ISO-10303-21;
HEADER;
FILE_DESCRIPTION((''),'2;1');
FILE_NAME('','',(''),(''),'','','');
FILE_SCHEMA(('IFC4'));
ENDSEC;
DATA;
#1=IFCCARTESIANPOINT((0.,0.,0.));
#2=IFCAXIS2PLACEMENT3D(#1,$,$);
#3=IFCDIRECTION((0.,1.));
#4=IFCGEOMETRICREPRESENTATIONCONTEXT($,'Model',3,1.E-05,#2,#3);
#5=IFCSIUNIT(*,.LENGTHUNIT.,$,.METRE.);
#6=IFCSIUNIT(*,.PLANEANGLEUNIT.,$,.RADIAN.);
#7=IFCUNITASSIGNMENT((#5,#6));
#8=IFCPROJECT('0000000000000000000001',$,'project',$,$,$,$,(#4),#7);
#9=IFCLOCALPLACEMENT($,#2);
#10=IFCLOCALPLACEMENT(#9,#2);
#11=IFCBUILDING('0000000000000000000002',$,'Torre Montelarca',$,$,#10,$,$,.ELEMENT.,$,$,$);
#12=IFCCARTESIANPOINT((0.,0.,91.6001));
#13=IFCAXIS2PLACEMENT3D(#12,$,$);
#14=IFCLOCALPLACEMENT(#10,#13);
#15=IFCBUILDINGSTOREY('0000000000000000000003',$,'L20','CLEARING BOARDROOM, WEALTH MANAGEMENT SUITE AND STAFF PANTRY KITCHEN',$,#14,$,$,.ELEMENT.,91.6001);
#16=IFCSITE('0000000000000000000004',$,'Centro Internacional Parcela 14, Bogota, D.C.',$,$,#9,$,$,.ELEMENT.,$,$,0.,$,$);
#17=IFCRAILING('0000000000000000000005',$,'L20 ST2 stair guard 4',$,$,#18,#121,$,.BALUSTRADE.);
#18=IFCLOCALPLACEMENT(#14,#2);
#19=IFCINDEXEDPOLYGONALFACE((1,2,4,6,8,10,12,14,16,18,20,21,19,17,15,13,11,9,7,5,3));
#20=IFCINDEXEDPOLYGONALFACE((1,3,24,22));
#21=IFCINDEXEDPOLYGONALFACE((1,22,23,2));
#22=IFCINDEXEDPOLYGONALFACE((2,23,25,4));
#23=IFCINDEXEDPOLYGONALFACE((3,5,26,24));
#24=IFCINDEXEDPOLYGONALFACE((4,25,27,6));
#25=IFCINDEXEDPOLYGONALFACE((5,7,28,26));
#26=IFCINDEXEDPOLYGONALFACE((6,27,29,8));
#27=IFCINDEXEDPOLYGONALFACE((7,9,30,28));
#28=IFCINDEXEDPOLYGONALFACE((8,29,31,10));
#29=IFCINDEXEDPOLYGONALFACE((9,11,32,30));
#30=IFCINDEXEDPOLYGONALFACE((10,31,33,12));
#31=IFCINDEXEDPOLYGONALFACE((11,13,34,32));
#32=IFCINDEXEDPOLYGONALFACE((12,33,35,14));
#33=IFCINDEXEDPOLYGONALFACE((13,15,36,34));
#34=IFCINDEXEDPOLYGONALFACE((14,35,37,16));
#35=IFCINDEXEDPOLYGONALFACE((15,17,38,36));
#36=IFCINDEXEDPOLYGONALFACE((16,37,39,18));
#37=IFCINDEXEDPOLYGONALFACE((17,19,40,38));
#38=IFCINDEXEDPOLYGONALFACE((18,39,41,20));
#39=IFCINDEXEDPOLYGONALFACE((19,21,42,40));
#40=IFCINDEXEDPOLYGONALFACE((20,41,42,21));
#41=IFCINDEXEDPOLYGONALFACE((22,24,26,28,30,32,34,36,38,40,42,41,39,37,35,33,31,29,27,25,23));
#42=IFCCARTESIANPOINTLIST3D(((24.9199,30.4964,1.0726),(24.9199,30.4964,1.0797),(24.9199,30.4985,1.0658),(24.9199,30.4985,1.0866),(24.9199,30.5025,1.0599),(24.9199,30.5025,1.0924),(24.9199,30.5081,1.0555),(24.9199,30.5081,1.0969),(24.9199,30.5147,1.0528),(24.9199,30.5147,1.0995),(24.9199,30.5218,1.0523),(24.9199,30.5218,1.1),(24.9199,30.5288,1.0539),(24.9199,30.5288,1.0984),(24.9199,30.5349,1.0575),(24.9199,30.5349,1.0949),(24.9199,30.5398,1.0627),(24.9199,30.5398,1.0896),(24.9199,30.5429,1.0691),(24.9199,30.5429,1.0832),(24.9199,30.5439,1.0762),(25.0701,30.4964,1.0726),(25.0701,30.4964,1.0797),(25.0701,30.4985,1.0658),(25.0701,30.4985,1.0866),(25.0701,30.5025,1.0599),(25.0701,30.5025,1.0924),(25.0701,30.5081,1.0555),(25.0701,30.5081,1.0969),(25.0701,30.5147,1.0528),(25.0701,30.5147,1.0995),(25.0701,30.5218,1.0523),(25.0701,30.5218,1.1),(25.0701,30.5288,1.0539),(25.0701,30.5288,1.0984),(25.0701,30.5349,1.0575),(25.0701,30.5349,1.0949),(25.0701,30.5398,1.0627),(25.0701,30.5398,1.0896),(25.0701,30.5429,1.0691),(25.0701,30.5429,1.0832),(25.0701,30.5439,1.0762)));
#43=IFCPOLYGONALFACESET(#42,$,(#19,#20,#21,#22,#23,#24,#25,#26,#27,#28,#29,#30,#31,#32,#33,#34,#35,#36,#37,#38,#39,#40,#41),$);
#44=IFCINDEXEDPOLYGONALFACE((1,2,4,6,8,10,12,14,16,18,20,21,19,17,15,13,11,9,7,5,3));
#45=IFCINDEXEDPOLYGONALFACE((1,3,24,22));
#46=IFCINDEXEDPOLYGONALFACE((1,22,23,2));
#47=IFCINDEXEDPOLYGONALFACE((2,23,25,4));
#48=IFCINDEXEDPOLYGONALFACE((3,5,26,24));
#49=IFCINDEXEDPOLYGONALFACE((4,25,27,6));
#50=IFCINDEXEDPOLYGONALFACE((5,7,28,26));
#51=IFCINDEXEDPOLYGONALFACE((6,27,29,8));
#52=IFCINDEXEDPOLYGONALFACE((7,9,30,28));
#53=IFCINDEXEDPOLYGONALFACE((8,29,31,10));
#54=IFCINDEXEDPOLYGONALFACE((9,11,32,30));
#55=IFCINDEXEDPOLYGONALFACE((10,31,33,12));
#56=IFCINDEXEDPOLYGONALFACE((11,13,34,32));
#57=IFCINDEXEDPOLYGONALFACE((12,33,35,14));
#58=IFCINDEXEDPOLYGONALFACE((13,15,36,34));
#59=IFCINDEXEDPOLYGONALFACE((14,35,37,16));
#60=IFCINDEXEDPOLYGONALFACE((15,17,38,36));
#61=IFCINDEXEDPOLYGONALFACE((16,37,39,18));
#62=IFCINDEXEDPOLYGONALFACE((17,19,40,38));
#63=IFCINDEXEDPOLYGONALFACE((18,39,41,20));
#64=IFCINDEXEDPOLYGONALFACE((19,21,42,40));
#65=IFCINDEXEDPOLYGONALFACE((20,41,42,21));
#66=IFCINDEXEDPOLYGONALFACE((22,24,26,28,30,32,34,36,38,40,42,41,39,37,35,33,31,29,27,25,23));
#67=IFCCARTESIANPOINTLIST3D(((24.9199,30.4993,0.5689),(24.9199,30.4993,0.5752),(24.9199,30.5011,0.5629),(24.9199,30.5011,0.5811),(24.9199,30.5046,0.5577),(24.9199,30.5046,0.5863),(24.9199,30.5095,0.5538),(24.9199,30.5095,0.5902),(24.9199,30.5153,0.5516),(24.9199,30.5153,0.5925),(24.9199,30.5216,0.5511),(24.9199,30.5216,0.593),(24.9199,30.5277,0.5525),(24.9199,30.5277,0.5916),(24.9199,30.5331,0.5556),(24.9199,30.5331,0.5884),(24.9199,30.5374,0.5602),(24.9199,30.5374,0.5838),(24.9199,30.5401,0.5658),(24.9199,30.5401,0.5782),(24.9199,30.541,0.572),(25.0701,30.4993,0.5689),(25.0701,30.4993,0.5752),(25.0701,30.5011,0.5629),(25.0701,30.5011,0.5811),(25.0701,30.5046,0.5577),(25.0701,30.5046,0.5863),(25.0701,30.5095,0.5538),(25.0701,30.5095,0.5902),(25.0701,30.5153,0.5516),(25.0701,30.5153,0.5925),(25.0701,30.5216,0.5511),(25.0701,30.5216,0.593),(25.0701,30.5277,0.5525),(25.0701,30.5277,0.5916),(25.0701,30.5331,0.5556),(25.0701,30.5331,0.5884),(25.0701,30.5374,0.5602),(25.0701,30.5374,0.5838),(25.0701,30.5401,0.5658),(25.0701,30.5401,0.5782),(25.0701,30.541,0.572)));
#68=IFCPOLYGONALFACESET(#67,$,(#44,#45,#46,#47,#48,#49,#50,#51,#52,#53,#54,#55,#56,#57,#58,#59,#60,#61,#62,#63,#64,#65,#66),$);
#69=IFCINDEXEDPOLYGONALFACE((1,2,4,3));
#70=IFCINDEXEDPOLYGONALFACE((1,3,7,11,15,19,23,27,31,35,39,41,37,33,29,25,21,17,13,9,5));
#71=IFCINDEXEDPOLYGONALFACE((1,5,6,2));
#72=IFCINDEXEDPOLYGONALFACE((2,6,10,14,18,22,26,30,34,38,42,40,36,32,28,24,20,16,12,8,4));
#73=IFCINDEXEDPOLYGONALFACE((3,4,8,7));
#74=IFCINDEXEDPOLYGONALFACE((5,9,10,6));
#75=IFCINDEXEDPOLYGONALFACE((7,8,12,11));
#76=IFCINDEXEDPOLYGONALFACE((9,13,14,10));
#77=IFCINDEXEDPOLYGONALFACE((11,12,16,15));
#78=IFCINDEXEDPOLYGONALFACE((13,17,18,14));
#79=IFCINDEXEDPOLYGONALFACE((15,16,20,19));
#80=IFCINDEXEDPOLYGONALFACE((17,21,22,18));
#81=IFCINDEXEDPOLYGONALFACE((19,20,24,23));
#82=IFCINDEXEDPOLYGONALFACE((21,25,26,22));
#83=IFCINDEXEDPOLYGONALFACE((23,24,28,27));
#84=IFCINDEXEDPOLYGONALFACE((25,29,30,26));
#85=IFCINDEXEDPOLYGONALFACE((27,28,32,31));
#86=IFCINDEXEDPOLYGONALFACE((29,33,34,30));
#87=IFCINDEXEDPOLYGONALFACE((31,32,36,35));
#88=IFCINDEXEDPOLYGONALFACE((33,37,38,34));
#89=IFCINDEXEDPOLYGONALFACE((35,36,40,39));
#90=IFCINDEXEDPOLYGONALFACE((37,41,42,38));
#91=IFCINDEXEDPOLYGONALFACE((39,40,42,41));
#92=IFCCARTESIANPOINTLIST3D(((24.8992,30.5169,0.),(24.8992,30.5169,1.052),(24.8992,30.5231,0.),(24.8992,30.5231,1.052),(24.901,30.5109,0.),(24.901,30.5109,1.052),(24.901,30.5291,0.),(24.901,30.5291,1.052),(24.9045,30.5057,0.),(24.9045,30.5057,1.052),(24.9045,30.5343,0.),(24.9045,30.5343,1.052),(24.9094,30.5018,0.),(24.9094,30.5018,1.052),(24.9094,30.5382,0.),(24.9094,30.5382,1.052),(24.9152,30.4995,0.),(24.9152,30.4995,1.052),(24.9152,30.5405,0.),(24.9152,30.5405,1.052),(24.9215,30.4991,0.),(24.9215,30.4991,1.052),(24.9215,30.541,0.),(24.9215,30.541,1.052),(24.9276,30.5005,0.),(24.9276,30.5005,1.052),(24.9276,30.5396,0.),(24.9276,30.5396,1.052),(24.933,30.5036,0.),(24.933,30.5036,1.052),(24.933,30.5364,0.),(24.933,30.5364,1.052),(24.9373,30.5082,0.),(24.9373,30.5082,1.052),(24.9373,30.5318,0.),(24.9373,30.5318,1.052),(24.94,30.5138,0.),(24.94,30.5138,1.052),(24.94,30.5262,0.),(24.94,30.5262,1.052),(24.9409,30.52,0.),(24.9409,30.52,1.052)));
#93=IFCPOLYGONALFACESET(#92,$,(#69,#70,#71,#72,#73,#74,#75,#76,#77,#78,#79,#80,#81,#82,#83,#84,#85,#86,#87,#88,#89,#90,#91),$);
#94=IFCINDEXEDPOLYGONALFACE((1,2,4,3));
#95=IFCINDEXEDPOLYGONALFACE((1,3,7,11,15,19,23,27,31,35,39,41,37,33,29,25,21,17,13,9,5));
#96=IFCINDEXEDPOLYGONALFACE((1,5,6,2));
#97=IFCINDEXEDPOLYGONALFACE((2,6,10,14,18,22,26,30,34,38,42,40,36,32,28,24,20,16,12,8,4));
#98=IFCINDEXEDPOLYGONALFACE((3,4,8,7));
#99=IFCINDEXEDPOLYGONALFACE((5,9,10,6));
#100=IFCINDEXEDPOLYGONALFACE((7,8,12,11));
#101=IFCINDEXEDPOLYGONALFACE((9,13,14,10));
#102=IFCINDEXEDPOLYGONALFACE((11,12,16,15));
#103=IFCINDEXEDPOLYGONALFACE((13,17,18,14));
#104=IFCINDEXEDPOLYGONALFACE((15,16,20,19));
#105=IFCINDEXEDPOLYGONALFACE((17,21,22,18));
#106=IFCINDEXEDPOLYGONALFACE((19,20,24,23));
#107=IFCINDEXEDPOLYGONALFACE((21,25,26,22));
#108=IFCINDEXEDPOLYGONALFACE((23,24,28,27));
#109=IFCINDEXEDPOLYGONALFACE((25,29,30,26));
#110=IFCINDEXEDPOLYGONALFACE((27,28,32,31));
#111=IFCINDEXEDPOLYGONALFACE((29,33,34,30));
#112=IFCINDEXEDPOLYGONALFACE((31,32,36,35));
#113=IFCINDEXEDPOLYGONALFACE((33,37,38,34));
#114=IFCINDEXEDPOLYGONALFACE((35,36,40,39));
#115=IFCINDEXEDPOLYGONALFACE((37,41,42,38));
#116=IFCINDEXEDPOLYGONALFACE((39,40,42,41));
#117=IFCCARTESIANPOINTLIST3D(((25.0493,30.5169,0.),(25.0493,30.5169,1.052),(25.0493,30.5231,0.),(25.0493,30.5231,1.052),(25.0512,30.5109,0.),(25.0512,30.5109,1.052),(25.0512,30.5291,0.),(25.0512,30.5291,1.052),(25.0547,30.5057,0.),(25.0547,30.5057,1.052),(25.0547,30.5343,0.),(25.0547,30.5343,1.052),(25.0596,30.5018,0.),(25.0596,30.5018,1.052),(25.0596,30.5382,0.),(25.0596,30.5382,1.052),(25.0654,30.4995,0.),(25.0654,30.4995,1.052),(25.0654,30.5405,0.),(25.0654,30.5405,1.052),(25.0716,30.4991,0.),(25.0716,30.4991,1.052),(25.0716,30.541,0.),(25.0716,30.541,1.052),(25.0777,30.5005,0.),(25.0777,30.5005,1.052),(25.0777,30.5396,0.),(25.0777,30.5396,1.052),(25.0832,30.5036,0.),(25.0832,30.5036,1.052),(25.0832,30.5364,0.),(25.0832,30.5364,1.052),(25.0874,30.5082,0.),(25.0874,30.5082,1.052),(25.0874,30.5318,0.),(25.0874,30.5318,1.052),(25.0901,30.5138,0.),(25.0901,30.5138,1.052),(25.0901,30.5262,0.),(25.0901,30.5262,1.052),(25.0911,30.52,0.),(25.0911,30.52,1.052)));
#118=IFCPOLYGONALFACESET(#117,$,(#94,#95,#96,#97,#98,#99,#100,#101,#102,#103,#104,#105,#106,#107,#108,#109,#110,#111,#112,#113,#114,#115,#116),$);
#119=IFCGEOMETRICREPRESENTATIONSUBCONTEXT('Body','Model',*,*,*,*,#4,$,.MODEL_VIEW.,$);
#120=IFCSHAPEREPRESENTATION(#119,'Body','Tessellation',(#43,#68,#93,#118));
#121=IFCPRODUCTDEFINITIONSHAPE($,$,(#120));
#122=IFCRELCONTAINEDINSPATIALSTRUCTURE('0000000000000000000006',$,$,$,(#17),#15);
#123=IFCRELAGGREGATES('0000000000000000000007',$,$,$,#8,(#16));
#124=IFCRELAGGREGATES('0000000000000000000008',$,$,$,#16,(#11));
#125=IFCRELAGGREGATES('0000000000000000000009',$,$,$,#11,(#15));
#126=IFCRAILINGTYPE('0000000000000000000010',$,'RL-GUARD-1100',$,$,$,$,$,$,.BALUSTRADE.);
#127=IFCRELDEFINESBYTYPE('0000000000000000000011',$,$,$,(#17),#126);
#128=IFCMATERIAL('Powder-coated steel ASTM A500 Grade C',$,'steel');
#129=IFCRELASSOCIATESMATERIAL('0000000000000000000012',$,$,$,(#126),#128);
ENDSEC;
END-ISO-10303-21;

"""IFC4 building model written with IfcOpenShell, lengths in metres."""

from ifc_helpers import new_model, si_unit, direction, frame, origin, origin_2d, place, context, subcontext, project, spatial, circle, extrude, material, type_object, element, save


model = new_model("IFC4")

# Units and contexts
model_context = context("Model", 3, precision=1e-05, world=origin(), true_north=direction((0.0, 1.0)))
body_context = subcontext(model_context, "Body", "Model", "MODEL_VIEW")
ifc_project = project(units=[si_unit("LENGTHUNIT", "METRE"), si_unit("PLANEANGLEUNIT", "RADIAN")], contexts=[model_context])

# Site, building, storey
site_placement = place(None, origin())
site = spatial("IfcSite", under=ifc_project, at=site_placement, Name="Centro Internacional Parcela 14, Bogota, D.C.", CompositionType="ELEMENT", RefElevation=0.0)
building_placement = place(site_placement, origin())
building = spatial("IfcBuilding", under=site, at=building_placement, Name="Torre Montelarca", CompositionType="ELEMENT")
storey_placement = place(building_placement, frame((0.0, 0.0, 91.6001)))
storey = spatial("IfcBuildingStorey", under=building, at=storey_placement, Name="L20", Description="CLEARING BOARDROOM, WEALTH MANAGEMENT SUITE AND STAFF PANTRY KITCHEN", CompositionType="ELEMENT", Elevation=91.6001)

# Railing
ifc_material_1 = material(Name="Powder-coated steel ASTM A500 Grade C", Category="steel")
railing_type_1 = type_object("IfcRailingType", Name="RL-GUARD-1100", PredefinedType="BALUSTRADE", material=ifc_material_1)
railing_1_placement = place(storey_placement, frame((24.9199, 30.52, 0.0)))
element("IfcRailing", 1, at=railing_1_placement, inside=storey, type_object=railing_type_1, Name="L20 ST2 stair guard 4", PredefinedType="BALUSTRADE", context=body_context, shape_type="SweptSolid", body=[
    extrude(circle(Radius=0.0239, at=origin_2d()), frame((0.0, 0.0, 1.0762), z_axis=(1.0, 0.0, 0.0), x_axis=(0.0, 1.0, 0.0)), (0.0, 0.0, 1.0), 0.1501),
    extrude(circle(Radius=0.021, at=origin_2d()), frame((0.0, 0.0, 0.572), z_axis=(1.0, 0.0, 0.0), x_axis=(0.0, 1.0, 0.0)), (0.0, 0.0, 1.0), 0.1501),
    extrude(circle(Radius=0.021, at=origin_2d()), origin(), (0.0, 0.0, 1.0), 1.052),
    extrude(circle(Radius=0.021, at=origin_2d()), frame((0.1501, 0.0, 0.0)), (0.0, 0.0, 1.0), 1.052),
])

save(model, "model.ifc")
